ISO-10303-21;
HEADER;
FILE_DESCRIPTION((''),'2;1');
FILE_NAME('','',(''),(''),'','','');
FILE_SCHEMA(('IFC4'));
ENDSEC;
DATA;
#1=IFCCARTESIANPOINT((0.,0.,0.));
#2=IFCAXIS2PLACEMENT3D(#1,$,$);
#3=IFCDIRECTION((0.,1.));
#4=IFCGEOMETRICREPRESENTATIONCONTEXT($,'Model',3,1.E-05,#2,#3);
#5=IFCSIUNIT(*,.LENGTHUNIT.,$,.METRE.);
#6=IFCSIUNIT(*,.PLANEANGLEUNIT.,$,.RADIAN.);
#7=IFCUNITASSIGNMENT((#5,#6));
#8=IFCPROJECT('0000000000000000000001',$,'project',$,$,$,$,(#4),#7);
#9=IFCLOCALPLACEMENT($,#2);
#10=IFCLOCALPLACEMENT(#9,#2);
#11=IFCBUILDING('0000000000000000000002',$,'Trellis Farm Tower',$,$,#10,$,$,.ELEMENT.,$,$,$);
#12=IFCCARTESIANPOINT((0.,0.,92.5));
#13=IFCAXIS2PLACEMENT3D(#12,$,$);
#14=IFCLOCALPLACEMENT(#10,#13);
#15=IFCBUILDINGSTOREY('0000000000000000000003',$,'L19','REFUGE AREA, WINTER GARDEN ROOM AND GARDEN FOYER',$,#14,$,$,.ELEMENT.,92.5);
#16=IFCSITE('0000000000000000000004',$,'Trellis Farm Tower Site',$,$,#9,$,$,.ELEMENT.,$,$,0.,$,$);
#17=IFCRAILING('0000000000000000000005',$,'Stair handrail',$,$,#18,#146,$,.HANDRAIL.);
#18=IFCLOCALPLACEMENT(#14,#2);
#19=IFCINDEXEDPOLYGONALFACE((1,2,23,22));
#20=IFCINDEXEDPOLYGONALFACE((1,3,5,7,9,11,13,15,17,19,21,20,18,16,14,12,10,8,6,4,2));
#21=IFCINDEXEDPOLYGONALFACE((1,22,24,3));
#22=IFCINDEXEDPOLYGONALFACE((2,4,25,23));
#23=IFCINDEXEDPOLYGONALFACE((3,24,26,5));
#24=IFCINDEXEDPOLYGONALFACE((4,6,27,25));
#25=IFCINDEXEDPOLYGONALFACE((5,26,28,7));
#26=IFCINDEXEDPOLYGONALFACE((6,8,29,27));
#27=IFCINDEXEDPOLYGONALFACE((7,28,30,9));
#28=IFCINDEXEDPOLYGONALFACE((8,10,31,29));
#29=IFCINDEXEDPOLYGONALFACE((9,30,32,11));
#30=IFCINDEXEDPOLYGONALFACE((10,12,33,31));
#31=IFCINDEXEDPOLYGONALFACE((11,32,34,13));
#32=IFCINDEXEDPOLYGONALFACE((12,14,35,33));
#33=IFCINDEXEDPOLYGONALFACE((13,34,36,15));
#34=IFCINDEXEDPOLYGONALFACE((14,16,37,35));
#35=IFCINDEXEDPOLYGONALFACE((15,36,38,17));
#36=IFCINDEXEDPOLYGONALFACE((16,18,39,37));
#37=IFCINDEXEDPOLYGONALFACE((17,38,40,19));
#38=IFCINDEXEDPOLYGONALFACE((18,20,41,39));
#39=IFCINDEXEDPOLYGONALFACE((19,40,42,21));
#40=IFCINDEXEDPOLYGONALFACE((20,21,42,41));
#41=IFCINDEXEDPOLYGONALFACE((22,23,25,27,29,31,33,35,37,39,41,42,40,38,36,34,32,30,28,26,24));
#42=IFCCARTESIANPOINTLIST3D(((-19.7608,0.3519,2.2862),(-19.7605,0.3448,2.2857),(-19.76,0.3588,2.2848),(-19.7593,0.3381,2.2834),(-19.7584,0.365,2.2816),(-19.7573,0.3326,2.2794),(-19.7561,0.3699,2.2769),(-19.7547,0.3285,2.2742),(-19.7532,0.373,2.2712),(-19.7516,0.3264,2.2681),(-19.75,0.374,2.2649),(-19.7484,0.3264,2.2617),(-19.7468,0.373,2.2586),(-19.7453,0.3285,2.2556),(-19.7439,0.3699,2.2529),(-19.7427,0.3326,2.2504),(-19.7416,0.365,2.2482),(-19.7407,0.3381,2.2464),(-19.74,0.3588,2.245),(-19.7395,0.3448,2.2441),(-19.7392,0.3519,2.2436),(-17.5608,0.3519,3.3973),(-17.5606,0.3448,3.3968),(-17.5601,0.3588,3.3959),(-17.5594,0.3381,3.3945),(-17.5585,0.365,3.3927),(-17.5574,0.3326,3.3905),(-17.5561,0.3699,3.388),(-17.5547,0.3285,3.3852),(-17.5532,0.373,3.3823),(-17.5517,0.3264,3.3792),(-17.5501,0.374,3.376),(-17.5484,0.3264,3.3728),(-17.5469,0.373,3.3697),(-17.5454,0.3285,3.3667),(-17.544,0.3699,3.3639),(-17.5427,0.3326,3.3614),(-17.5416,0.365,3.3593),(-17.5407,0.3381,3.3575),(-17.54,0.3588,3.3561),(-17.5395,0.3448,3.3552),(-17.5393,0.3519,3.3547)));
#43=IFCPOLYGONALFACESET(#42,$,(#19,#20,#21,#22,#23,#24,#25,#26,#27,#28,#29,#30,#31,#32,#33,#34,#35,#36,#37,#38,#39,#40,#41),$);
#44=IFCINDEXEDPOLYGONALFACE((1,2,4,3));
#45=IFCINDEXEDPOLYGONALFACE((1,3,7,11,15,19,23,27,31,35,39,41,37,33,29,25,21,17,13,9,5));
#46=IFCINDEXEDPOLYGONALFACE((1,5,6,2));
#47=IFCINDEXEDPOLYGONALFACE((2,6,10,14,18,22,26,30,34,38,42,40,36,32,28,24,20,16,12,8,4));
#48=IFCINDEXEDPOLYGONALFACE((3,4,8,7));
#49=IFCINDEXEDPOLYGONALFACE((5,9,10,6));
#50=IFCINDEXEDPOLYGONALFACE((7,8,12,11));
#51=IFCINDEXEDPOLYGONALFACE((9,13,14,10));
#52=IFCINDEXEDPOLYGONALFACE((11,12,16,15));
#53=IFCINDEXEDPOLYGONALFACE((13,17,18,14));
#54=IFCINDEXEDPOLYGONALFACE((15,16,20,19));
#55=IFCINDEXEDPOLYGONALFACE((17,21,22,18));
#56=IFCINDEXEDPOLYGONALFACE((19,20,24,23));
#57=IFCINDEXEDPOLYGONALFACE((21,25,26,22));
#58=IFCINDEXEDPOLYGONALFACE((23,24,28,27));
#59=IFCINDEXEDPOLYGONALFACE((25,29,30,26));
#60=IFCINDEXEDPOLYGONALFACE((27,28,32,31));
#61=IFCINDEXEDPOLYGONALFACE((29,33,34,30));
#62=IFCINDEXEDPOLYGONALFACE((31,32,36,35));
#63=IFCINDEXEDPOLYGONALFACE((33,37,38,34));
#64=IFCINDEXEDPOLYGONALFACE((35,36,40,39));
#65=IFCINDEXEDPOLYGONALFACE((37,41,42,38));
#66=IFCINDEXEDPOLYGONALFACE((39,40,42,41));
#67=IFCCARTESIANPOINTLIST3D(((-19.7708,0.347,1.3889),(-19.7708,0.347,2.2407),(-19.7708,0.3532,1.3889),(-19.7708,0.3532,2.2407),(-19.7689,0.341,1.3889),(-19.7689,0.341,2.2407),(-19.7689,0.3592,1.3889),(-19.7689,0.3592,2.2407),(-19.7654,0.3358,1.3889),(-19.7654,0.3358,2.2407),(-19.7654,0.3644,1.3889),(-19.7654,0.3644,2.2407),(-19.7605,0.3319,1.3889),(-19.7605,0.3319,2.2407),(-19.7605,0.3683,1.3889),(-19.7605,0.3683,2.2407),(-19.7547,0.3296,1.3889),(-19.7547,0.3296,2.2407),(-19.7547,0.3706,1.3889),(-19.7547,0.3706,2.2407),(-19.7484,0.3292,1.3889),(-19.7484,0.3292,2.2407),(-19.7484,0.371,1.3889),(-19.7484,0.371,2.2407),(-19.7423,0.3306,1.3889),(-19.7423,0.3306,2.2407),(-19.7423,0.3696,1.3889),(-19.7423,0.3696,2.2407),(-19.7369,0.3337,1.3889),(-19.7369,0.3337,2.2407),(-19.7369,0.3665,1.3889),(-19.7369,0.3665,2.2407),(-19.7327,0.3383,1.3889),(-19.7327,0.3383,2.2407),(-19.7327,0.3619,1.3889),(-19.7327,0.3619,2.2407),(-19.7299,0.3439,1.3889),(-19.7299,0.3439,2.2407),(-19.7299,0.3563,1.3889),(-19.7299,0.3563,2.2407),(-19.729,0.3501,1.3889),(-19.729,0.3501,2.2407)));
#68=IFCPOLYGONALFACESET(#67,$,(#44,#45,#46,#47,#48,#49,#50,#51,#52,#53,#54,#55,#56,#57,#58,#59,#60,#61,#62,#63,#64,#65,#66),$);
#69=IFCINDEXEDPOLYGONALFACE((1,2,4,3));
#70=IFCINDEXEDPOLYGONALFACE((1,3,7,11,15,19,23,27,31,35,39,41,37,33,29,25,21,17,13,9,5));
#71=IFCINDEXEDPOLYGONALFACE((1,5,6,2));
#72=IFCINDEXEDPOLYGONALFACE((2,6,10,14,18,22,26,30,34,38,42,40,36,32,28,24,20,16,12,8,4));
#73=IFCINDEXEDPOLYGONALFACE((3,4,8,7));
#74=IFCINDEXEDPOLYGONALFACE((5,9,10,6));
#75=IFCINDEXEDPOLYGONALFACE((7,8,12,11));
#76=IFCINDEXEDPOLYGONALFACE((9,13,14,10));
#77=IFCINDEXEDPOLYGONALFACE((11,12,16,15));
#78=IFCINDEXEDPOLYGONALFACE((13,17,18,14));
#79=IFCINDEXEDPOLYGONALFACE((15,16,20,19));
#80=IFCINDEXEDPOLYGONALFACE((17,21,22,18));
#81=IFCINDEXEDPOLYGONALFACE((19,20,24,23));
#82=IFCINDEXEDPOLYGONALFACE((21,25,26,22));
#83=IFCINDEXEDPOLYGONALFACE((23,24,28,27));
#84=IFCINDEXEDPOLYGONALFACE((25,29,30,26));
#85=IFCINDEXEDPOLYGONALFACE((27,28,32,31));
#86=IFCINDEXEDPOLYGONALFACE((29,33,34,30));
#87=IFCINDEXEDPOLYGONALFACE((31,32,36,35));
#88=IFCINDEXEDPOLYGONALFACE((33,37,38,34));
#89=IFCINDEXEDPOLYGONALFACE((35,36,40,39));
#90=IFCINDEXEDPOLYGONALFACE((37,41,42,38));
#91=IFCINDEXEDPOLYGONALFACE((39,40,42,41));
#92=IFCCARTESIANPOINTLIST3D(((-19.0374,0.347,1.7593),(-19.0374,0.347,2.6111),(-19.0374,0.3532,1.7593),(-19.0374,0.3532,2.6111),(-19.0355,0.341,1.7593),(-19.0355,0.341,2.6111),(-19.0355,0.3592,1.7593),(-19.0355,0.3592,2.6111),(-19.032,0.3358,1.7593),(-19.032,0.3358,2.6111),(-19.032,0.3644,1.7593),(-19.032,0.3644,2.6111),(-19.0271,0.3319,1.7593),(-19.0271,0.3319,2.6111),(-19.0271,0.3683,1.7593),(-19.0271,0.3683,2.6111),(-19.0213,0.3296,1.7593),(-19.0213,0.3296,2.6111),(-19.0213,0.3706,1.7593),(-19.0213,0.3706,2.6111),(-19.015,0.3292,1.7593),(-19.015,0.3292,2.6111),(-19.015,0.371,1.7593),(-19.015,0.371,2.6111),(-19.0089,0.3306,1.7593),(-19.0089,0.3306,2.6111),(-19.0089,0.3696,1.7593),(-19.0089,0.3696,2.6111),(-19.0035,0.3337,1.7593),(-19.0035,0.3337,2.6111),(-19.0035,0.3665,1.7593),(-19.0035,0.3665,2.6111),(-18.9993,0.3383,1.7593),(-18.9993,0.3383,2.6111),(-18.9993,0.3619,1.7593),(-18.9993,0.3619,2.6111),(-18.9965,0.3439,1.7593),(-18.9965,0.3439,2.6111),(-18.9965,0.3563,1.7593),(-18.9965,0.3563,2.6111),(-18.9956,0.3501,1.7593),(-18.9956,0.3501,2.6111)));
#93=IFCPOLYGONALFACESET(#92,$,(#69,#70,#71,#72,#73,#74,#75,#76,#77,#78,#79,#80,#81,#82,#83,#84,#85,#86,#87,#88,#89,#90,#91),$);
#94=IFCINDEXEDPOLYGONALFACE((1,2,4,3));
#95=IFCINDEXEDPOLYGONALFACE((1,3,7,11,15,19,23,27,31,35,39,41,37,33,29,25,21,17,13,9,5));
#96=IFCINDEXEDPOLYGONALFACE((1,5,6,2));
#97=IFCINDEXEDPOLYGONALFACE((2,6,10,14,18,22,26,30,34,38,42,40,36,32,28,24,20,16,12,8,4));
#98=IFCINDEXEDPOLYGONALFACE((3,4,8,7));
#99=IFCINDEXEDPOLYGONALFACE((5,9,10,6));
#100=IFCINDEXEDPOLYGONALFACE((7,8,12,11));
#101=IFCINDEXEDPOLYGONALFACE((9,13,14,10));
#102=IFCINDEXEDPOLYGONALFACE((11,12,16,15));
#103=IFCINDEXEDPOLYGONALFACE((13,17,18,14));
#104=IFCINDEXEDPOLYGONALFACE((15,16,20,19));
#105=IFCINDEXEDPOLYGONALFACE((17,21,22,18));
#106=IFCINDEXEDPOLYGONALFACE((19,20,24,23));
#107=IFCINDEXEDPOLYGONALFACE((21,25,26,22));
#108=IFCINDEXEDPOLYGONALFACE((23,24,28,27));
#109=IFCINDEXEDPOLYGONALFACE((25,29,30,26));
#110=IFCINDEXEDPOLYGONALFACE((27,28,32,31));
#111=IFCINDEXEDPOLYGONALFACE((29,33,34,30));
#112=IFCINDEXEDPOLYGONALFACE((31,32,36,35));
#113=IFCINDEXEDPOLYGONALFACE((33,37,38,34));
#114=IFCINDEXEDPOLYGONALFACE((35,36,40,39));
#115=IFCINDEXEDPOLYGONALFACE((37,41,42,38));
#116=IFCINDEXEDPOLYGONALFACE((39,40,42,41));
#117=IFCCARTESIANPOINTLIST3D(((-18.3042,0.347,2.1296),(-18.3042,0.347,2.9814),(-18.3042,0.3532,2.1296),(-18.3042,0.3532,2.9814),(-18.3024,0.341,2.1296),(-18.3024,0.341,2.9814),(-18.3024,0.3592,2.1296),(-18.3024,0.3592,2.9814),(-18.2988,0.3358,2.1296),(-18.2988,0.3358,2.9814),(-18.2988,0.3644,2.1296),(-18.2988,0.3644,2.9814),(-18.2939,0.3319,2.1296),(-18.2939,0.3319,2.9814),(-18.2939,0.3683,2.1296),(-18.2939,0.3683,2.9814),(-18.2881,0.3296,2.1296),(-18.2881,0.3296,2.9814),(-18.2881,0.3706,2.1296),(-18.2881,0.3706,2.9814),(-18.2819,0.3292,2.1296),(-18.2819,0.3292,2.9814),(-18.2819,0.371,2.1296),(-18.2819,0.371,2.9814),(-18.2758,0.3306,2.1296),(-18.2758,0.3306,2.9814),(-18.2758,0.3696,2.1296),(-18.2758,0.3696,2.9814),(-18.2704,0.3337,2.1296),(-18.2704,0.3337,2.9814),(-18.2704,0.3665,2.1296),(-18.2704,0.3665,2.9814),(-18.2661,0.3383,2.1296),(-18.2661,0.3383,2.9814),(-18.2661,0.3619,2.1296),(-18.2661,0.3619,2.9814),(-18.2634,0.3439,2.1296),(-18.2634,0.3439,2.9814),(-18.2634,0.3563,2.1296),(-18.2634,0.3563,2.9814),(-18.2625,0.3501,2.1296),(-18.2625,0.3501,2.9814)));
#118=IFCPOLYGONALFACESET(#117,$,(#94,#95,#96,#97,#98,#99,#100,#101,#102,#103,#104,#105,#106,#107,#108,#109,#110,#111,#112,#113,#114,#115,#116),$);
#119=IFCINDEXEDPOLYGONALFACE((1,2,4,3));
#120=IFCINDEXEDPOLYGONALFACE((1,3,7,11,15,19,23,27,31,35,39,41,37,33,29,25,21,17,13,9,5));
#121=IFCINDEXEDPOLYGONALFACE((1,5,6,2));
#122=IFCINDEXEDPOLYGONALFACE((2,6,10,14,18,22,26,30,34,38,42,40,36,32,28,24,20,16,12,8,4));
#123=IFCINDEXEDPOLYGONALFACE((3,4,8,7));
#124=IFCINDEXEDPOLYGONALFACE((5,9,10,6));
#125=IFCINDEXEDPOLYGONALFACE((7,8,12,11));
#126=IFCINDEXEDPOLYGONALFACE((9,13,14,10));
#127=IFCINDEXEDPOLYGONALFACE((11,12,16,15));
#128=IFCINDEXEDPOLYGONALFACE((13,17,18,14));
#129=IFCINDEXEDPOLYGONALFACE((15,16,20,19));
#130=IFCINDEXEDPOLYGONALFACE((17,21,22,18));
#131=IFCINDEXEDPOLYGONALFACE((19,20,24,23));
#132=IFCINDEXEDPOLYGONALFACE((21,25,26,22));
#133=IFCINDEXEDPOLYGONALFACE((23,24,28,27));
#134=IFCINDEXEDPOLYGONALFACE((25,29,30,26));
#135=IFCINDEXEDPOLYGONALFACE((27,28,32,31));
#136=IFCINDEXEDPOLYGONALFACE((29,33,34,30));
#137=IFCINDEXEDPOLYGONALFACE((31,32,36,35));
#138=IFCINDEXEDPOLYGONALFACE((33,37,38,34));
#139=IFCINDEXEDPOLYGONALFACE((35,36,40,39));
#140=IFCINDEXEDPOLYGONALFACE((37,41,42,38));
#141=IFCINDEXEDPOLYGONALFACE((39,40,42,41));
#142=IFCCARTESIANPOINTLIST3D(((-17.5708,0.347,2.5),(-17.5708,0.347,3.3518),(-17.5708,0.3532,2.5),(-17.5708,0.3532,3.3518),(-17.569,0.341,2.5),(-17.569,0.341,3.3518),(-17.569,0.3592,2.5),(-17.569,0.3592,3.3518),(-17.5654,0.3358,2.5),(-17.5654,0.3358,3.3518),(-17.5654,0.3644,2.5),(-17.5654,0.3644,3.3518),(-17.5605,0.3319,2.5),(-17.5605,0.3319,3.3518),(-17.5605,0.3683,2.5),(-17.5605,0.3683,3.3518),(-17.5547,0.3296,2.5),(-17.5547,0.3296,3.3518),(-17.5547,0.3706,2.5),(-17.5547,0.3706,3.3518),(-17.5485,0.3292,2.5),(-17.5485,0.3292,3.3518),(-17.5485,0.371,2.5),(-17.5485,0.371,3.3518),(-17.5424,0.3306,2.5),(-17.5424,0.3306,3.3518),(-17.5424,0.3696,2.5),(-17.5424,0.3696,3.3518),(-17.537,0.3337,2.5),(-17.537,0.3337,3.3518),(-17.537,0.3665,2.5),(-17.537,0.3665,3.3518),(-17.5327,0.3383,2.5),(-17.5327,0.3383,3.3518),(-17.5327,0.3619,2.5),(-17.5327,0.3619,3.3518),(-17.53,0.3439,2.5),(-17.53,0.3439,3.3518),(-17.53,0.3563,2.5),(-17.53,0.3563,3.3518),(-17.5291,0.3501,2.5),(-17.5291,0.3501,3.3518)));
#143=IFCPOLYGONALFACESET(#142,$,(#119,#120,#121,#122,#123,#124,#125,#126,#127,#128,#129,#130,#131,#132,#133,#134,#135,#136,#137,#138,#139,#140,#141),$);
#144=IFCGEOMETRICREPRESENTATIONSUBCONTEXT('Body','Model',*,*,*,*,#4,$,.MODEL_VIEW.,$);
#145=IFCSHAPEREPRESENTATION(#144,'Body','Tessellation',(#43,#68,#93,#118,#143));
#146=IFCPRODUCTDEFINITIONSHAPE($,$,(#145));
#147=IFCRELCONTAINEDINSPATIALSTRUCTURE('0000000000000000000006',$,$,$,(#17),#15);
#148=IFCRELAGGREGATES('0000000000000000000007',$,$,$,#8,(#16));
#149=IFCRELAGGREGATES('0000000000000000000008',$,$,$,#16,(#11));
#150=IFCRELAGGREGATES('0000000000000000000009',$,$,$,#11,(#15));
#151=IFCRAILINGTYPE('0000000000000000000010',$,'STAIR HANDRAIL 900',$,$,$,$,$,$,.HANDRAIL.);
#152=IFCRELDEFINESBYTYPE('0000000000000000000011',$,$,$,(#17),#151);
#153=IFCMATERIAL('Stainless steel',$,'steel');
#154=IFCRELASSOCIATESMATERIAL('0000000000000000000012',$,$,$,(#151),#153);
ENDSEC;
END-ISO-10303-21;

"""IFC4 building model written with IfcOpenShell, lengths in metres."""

from ifc_helpers import new_model, si_unit, direction, frame, origin, origin_2d, place, context, subcontext, project, spatial, circle, extrude, source, transform, mapped, material, type_object, element, save


model = new_model("IFC4")

# Units and contexts
model_context = context("Model", 3, precision=1e-05, world=origin(), true_north=direction((0.0, 1.0)))
body_context = subcontext(model_context, "Body", "Model", "MODEL_VIEW")
ifc_project = project(units=[si_unit("LENGTHUNIT", "METRE"), si_unit("PLANEANGLEUNIT", "RADIAN")], contexts=[model_context])

# Site, building, storey
site_placement = place(None, origin())
site = spatial("IfcSite", under=ifc_project, at=site_placement, Name="Trellis Farm Tower Site", CompositionType="ELEMENT", RefElevation=0.0)
building_placement = place(site_placement, origin())
building = spatial("IfcBuilding", under=site, at=building_placement, Name="Trellis Farm Tower", CompositionType="ELEMENT")
storey_placement = place(building_placement, frame((0.0, 0.0, 92.5)))
storey = spatial("IfcBuildingStorey", under=building, at=storey_placement, Name="L19", Description="REFUGE AREA, WINTER GARDEN ROOM AND GARDEN FOYER", CompositionType="ELEMENT", Elevation=92.5)

# Railing
ifc_material_1 = material(Name="Stainless steel", Category="steel")
railing_type = type_object("IfcRailingType", Name="STAIR HANDRAIL 900", PredefinedType="HANDRAIL", material=ifc_material_1)
shared_shape_1 = source(origin(), body_context, "Body", "SweptSolid", [
    extrude(circle(Radius=0.0239, at=origin_2d()), frame((0.0, 0.0, 0.876), z_axis=(0.892617, 0.0, 0.450816), x_axis=(0.0, 1.0, 0.0)), (0.0, 0.0, 1.0), 2.4646),
    extrude(circle(Radius=0.021, at=origin_2d()), origin(), (0.0, 0.0, 1.0), 0.8518),
    extrude(circle(Radius=0.021, at=origin_2d()), frame((0.7334, 0.0, 0.3704)), (0.0, 0.0, 1.0), 0.8518),
    extrude(circle(Radius=0.021, at=origin_2d()), frame((1.4666, 0.0, 0.7407)), (0.0, 0.0, 1.0), 0.8518),
    extrude(circle(Radius=0.021, at=origin_2d()), frame((2.2, 0.0, 1.1111)), (0.0, 0.0, 1.0), 0.8518),
])
for number, where, name in (
    (1, (-19.75, 0.3501, 1.3889), "Stair handrail"),
):
    element("IfcRailing", number, at=place(storey_placement, frame(where)), inside=storey, type_object=railing_type, Name=name, PredefinedType="HANDRAIL", context=body_context, shape_type="MappedRepresentation", body=[
        mapped(shared_shape_1, transform((0.0, 0.0, 0.0))),
    ])

save(model, "model.ifc")
